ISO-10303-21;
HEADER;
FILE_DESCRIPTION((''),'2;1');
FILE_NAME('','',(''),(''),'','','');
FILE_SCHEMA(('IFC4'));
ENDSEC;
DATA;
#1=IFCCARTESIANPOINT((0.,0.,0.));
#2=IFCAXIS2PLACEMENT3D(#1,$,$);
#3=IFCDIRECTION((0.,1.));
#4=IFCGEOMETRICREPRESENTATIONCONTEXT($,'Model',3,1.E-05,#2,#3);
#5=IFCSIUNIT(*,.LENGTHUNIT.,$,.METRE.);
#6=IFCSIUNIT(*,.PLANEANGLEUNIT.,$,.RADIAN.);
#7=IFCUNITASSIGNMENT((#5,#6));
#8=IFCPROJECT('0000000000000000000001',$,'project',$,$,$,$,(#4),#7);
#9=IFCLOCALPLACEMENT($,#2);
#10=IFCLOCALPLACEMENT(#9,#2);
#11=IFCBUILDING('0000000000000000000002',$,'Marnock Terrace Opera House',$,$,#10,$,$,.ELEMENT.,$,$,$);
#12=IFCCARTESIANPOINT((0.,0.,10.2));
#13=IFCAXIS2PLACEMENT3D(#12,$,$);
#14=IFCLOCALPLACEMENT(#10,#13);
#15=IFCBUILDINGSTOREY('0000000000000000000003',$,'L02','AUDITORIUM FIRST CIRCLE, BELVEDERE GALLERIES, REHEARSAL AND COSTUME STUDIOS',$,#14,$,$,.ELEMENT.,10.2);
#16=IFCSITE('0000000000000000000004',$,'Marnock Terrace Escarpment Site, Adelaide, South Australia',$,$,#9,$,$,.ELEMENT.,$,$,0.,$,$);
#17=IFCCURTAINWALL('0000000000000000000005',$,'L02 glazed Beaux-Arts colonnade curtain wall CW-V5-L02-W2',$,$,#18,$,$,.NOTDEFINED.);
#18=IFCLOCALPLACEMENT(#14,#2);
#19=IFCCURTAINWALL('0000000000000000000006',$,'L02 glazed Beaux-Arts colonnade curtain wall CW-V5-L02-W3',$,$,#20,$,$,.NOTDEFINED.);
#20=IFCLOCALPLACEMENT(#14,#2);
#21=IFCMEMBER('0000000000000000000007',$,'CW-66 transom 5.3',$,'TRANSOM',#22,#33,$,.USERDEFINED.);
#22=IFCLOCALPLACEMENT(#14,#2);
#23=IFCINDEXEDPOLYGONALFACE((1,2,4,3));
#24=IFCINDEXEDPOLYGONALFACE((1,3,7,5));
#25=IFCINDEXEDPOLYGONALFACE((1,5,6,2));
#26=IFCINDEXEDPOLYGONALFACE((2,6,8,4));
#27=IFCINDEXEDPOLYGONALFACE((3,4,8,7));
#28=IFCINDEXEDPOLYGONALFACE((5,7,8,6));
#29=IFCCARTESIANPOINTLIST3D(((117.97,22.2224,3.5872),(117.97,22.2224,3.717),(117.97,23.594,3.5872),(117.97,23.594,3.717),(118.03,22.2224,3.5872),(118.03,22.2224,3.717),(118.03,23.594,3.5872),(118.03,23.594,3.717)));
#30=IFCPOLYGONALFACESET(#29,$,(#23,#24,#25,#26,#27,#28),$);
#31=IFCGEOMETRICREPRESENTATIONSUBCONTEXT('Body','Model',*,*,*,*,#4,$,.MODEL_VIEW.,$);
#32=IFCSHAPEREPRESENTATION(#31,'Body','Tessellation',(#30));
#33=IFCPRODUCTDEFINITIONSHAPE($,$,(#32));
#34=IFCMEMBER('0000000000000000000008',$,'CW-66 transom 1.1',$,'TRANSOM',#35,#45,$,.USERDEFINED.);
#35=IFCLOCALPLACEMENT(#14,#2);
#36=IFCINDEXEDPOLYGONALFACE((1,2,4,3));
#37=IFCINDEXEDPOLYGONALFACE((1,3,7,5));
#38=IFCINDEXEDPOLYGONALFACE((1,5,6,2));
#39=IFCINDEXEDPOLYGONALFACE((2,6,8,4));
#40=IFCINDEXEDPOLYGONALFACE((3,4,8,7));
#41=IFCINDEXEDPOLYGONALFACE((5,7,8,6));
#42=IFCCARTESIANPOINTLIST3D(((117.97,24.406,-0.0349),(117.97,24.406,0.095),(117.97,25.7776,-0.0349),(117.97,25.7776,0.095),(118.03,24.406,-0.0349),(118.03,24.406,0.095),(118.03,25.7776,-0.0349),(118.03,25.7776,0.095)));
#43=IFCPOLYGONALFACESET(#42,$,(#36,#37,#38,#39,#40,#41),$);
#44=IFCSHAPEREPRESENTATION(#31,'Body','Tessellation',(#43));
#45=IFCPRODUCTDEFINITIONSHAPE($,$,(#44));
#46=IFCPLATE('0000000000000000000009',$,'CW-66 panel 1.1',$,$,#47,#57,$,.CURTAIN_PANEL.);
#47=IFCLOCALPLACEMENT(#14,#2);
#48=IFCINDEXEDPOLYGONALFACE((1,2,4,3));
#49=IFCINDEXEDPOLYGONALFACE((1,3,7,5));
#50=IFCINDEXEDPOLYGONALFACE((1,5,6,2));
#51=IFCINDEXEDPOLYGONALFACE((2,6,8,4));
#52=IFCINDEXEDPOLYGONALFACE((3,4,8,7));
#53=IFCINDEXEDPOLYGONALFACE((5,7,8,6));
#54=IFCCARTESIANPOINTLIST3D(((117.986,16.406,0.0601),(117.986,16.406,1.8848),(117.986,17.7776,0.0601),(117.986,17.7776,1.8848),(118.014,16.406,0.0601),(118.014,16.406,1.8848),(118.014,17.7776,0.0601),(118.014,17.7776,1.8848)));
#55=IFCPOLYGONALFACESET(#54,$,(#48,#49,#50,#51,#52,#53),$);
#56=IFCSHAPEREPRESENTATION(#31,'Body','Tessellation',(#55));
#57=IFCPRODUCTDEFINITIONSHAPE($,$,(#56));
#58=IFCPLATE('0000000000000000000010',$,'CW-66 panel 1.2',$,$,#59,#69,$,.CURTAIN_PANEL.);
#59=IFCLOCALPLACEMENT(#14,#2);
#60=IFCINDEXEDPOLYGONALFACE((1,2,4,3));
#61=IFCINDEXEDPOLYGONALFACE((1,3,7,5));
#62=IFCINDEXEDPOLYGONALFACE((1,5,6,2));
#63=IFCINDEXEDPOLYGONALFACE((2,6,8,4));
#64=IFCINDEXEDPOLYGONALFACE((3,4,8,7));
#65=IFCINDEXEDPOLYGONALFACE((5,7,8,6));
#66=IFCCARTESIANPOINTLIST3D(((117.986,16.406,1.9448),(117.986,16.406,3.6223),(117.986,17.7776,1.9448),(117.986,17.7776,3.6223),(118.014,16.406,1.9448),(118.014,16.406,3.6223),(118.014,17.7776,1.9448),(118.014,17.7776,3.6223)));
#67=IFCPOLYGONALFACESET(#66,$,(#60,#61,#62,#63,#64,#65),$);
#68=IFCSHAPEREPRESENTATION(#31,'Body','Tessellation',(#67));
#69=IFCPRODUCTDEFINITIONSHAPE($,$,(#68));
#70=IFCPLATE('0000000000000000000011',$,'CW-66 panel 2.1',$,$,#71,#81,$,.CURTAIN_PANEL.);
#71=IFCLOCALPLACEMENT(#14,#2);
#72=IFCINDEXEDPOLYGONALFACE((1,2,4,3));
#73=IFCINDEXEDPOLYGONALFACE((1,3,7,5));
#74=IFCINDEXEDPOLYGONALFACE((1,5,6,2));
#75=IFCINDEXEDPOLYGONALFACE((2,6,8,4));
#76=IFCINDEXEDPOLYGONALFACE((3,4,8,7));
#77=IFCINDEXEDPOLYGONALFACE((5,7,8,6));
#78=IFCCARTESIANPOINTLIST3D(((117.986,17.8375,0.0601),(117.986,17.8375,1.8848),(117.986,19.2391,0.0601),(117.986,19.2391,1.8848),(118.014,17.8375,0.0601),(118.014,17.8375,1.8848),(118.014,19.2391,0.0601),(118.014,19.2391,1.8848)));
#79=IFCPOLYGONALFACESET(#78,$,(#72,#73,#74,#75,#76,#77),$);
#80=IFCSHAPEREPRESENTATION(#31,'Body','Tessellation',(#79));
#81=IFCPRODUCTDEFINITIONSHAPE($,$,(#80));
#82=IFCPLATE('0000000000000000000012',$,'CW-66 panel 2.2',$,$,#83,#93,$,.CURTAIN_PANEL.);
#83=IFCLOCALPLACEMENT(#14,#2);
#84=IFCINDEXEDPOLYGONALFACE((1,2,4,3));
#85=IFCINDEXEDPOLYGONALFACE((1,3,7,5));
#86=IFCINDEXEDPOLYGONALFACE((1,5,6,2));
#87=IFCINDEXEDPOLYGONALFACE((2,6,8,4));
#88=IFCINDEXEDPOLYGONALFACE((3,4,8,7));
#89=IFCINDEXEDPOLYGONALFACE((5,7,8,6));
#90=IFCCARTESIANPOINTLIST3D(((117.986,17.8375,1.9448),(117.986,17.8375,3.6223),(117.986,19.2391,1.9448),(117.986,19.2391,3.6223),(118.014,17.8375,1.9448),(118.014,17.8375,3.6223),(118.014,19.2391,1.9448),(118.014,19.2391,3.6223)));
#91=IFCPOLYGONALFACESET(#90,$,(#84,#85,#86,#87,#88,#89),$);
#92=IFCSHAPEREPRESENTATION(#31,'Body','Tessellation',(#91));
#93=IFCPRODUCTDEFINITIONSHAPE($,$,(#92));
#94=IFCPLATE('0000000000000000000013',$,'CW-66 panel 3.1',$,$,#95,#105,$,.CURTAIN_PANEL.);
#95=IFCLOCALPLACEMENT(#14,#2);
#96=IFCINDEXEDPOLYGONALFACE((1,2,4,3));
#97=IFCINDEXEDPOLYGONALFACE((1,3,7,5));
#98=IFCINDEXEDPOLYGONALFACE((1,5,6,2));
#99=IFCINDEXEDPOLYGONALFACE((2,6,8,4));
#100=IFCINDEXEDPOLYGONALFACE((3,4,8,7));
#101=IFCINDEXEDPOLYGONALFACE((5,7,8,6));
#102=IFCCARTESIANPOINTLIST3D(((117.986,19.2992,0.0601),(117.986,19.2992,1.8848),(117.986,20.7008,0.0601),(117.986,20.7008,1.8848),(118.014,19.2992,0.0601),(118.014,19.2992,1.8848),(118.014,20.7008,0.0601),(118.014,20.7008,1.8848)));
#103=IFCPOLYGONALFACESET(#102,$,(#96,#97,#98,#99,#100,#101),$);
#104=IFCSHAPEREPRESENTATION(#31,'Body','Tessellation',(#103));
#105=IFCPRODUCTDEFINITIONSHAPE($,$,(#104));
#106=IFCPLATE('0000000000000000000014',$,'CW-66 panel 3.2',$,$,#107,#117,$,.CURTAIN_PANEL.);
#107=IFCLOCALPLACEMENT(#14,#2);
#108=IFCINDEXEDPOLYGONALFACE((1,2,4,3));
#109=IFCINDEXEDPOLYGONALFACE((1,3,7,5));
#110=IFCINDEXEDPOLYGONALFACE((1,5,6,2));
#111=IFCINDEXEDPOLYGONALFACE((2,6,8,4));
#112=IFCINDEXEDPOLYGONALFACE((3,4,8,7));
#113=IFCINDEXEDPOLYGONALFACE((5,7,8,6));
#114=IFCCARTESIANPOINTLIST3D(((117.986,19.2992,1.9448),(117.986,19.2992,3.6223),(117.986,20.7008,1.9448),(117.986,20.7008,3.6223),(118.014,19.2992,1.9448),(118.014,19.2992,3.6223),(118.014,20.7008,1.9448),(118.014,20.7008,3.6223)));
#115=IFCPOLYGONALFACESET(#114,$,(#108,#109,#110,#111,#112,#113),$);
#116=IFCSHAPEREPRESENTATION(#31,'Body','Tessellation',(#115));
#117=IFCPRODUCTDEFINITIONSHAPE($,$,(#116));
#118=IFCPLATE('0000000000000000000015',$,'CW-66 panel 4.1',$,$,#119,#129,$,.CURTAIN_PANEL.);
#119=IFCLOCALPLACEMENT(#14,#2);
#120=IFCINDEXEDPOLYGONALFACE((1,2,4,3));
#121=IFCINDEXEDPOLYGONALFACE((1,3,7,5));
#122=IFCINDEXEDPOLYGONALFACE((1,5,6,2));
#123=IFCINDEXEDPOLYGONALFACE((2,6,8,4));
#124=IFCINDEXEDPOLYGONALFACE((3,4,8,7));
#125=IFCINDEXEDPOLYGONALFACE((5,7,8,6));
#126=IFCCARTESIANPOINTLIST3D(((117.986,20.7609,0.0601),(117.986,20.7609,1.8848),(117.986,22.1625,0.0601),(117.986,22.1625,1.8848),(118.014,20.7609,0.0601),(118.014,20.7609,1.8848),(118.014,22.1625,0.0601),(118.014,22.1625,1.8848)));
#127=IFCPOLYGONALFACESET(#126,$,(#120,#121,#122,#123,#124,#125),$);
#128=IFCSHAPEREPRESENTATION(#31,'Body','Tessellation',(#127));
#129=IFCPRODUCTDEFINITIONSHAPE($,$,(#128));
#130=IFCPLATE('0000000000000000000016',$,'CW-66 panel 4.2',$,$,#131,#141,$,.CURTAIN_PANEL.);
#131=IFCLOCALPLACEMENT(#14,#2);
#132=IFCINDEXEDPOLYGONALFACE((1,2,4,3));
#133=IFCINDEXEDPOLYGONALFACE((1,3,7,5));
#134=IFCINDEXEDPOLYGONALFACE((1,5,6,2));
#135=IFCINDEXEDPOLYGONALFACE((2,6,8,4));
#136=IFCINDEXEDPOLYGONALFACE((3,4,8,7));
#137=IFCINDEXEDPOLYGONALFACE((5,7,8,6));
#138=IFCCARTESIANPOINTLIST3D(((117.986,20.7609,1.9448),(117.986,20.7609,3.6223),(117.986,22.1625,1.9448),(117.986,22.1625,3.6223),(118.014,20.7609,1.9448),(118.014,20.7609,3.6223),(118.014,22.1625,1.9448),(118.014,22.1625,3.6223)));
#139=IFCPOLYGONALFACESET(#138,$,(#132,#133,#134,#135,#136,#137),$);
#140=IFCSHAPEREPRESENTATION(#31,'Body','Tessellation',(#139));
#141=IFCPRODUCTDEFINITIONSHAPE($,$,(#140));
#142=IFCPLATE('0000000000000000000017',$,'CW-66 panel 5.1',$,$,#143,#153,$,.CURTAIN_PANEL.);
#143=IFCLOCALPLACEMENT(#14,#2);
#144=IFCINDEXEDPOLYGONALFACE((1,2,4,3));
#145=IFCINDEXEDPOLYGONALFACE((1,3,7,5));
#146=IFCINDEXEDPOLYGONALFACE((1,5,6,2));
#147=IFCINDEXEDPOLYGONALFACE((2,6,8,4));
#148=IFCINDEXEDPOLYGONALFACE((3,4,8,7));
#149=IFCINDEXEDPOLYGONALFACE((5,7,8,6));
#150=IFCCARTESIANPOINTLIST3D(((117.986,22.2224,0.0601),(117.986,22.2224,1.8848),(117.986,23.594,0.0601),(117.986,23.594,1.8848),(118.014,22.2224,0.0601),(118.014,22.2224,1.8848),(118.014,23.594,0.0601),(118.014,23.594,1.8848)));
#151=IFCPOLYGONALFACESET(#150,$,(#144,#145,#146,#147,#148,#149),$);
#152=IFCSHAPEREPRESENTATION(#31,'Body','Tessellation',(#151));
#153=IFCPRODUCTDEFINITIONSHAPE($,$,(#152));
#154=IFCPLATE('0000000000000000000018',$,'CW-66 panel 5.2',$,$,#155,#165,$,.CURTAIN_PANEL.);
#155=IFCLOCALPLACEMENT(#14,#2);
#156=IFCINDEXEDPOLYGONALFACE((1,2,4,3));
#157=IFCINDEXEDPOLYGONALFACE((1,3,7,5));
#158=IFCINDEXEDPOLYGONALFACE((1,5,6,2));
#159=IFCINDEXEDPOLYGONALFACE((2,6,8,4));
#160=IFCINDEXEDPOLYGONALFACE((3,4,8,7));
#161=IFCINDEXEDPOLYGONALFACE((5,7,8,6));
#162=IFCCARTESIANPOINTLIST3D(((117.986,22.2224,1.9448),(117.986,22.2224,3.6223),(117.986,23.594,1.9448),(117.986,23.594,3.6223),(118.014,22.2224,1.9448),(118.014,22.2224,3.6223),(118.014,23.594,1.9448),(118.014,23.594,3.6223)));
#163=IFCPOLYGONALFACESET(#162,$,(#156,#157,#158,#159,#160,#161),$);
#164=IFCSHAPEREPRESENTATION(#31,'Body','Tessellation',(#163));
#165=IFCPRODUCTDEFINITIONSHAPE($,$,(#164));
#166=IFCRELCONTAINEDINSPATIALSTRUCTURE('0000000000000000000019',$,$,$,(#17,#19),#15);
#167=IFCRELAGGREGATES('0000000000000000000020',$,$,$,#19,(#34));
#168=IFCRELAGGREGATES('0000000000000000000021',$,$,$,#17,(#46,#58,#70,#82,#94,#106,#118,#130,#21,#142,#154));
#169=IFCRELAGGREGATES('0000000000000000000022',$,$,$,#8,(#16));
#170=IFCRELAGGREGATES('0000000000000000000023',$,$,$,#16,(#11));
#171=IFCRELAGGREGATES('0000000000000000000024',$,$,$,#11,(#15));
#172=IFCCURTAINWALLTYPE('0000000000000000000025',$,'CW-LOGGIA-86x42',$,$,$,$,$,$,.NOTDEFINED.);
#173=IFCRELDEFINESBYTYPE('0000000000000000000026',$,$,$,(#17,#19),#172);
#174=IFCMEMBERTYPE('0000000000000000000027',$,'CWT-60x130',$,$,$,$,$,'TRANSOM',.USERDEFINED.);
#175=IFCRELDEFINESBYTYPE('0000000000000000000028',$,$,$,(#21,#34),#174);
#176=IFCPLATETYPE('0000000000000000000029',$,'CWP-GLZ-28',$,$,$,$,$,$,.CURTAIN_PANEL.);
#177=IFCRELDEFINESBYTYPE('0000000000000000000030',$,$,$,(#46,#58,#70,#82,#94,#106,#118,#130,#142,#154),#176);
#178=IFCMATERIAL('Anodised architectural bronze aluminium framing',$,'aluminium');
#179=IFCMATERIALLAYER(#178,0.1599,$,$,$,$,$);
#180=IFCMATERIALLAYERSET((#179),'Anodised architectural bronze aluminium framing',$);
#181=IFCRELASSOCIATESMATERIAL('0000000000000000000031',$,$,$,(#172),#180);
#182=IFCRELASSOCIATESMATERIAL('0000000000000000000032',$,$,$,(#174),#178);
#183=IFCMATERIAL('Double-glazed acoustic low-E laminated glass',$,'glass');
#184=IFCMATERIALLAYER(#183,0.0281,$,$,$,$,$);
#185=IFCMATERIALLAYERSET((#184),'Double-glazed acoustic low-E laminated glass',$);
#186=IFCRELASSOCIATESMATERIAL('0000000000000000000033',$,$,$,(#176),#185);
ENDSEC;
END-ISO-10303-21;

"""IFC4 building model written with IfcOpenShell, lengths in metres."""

from ifc_helpers import new_model, si_unit, direction, frame, origin, origin_2d, place, context, subcontext, project, spatial, rectangle, extrude, material, layer, layer_set, material_profile, profile_set, type_object, element, aggregate, save


model = new_model("IFC4")

# Units and contexts
model_context = context("Model", 3, precision=1e-05, world=origin(), true_north=direction((0.0, 1.0)))
body_context = subcontext(model_context, "Body", "Model", "MODEL_VIEW")
ifc_project = project(units=[si_unit("LENGTHUNIT", "METRE"), si_unit("PLANEANGLEUNIT", "RADIAN")], contexts=[model_context])

# Site, building, storey
site_placement = place(None, origin())
site = spatial("IfcSite", under=ifc_project, at=site_placement, Name="Marnock Terrace Escarpment Site, Adelaide, South Australia", CompositionType="ELEMENT", RefElevation=0.0)
building_placement = place(site_placement, origin())
building = spatial("IfcBuilding", under=site, at=building_placement, Name="Marnock Terrace Opera House", CompositionType="ELEMENT")
storey_placement = place(building_placement, frame((0.0, 0.0, 10.2)))
storey = spatial("IfcBuildingStorey", under=building, at=storey_placement, Name="L02", Description="AUDITORIUM FIRST CIRCLE, BELVEDERE GALLERIES, REHEARSAL AND COSTUME STUDIOS", CompositionType="ELEMENT", Elevation=10.2)

# Curtain wall
ifc_material_1 = material(Name="Anodised architectural bronze aluminium framing", Category="aluminium")
ifc_layer_1 = layer(ifc_material_1, 0.1599)
ifc_layer_set_1 = layer_set([ifc_layer_1], Name="Anodised architectural bronze aluminium framing")
curtain_wall_type_1 = type_object("IfcCurtainWallType", Name="CW-LOGGIA-86x42", PredefinedType="NOTDEFINED", material=ifc_layer_set_1)
curtain_wall_1_placement = place(storey_placement, origin())
curtain_wall_1 = element("IfcCurtainWall", 1, at=curtain_wall_1_placement, inside=storey, type_object=curtain_wall_type_1, Name="L02 glazed Beaux-Arts colonnade curtain wall CW-V5-L02-W2", PredefinedType="NOTDEFINED")

# Curtain wall
curtain_wall_2_placement = place(storey_placement, origin())
curtain_wall_2 = element("IfcCurtainWall", 2, at=curtain_wall_2_placement, inside=storey, type_object=curtain_wall_type_1, Name="L02 glazed Beaux-Arts colonnade curtain wall CW-V5-L02-W3", PredefinedType="NOTDEFINED")
ifc_material_profile_1 = material_profile(ifc_material_1, rectangle(XDim=0.0601, YDim=0.1299, at=origin_2d()))
ifc_profile_set_1 = profile_set([ifc_material_profile_1], Name="Anodised architectural bronze aluminium framing")
member_type_1 = type_object("IfcMemberType", Name="CWT-60x130", ElementType="TRANSOM", PredefinedType="USERDEFINED", material=ifc_profile_set_1)

# Members
member_1_placement = place(storey_placement, frame((118.0, 22.2224, 3.6521), z_axis=(0.0, 1.0, 0.0), x_axis=(-1.0, 0.0, 0.0)))
member_1 = element("IfcMember", 3, at=member_1_placement, type_object=member_type_1, Name="CW-66 transom 5.3", ObjectType="TRANSOM", PredefinedType="USERDEFINED", context=body_context, shape_type="SweptSolid", body=[
    extrude(rectangle(XDim=0.0601, YDim=0.1299, at=origin_2d()), origin(), (0.0, 0.0, 1.0), 1.3716),
])
member_2_placement = place(storey_placement, frame((118.0, 24.406, 0.03), z_axis=(0.0, 1.0, 0.0), x_axis=(-1.0, 0.0, 0.0)))
member_2 = element("IfcMember", 4, at=member_2_placement, type_object=member_type_1, Name="CW-66 transom 1.1", ObjectType="TRANSOM", PredefinedType="USERDEFINED", context=body_context, shape_type="SweptSolid", body=[
    extrude(rectangle(XDim=0.0601, YDim=0.1299, at=origin_2d()), origin(), (0.0, 0.0, 1.0), 1.3716),
])
aggregate(curtain_wall_2, [member_2])

# Plates
ifc_material_2 = material(Name="Double-glazed acoustic low-E laminated glass", Category="glass")
ifc_layer_2 = layer(ifc_material_2, 0.0281)
ifc_layer_set_2 = layer_set([ifc_layer_2], Name="Double-glazed acoustic low-E laminated glass")
plate_type = type_object("IfcPlateType", Name="CWP-GLZ-28", PredefinedType="CURTAIN_PANEL", material=ifc_layer_set_2)
plate_1_placement = place(storey_placement, frame((118.0, 17.0918, 0.0601), z_axis=(0.0, 0.0, 1.0), x_axis=(0.0, 1.0, 0.0)))
plate_1 = element("IfcPlate", 5, at=plate_1_placement, type_object=plate_type, Name="CW-66 panel 1.1", PredefinedType="CURTAIN_PANEL", context=body_context, shape_type="SweptSolid", body=[
    extrude(rectangle(XDim=1.3716, YDim=0.0281, at=origin_2d()), origin(), (0.0, 0.0, 1.0), 1.8247),
])
plate_2_placement = place(storey_placement, frame((118.0, 17.0918, 1.9448), z_axis=(0.0, 0.0, 1.0), x_axis=(0.0, 1.0, 0.0)))
plate_2 = element("IfcPlate", 6, at=plate_2_placement, type_object=plate_type, Name="CW-66 panel 1.2", PredefinedType="CURTAIN_PANEL", context=body_context, shape_type="SweptSolid", body=[
    extrude(rectangle(XDim=1.3716, YDim=0.0281, at=origin_2d()), origin(), (0.0, 0.0, 1.0), 1.6775),
])
plate_3_placement = place(storey_placement, frame((118.0, 18.5383, 0.0601), z_axis=(0.0, 0.0, 1.0), x_axis=(0.0, 1.0, 0.0)))
plate_3 = element("IfcPlate", 7, at=plate_3_placement, type_object=plate_type, Name="CW-66 panel 2.1", PredefinedType="CURTAIN_PANEL", context=body_context, shape_type="SweptSolid", body=[
    extrude(rectangle(XDim=1.4016, YDim=0.0281, at=origin_2d()), origin(), (0.0, 0.0, 1.0), 1.8247),
])
plate_4_placement = place(storey_placement, frame((118.0, 18.5383, 1.9448), z_axis=(0.0, 0.0, 1.0), x_axis=(0.0, 1.0, 0.0)))
plate_4 = element("IfcPlate", 8, at=plate_4_placement, type_object=plate_type, Name="CW-66 panel 2.2", PredefinedType="CURTAIN_PANEL", context=body_context, shape_type="SweptSolid", body=[
    extrude(rectangle(XDim=1.4016, YDim=0.0281, at=origin_2d()), origin(), (0.0, 0.0, 1.0), 1.6775),
])
plate_5_placement = place(storey_placement, frame((118.0, 20.0, 0.0601), z_axis=(0.0, 0.0, 1.0), x_axis=(0.0, 1.0, 0.0)))
plate_5 = element("IfcPlate", 9, at=plate_5_placement, type_object=plate_type, Name="CW-66 panel 3.1", PredefinedType="CURTAIN_PANEL", context=body_context, shape_type="SweptSolid", body=[
    extrude(rectangle(XDim=1.4016, YDim=0.0281, at=origin_2d()), origin(), (0.0, 0.0, 1.0), 1.8247),
])
plate_6_placement = place(storey_placement, frame((118.0, 20.0, 1.9448), z_axis=(0.0, 0.0, 1.0), x_axis=(0.0, 1.0, 0.0)))
plate_6 = element("IfcPlate", 10, at=plate_6_placement, type_object=plate_type, Name="CW-66 panel 3.2", PredefinedType="CURTAIN_PANEL", context=body_context, shape_type="SweptSolid", body=[
    extrude(rectangle(XDim=1.4016, YDim=0.0281, at=origin_2d()), origin(), (0.0, 0.0, 1.0), 1.6775),
])
plate_7_placement = place(storey_placement, frame((118.0, 21.4617, 0.0601), z_axis=(0.0, 0.0, 1.0), x_axis=(0.0, 1.0, 0.0)))
plate_7 = element("IfcPlate", 11, at=plate_7_placement, type_object=plate_type, Name="CW-66 panel 4.1", PredefinedType="CURTAIN_PANEL", context=body_context, shape_type="SweptSolid", body=[
    extrude(rectangle(XDim=1.4016, YDim=0.0281, at=origin_2d()), origin(), (0.0, 0.0, 1.0), 1.8247),
])
plate_8_placement = place(storey_placement, frame((118.0, 21.4617, 1.9448), z_axis=(0.0, 0.0, 1.0), x_axis=(0.0, 1.0, 0.0)))
plate_8 = element("IfcPlate", 12, at=plate_8_placement, type_object=plate_type, Name="CW-66 panel 4.2", PredefinedType="CURTAIN_PANEL", context=body_context, shape_type="SweptSolid", body=[
    extrude(rectangle(XDim=1.4016, YDim=0.0281, at=origin_2d()), origin(), (0.0, 0.0, 1.0), 1.6775),
])
plate_9_placement = place(storey_placement, frame((118.0, 22.9082, 0.0601), z_axis=(0.0, 0.0, 1.0), x_axis=(0.0, 1.0, 0.0)))
plate_9 = element("IfcPlate", 13, at=plate_9_placement, type_object=plate_type, Name="CW-66 panel 5.1", PredefinedType="CURTAIN_PANEL", context=body_context, shape_type="SweptSolid", body=[
    extrude(rectangle(XDim=1.3716, YDim=0.0281, at=origin_2d()), origin(), (0.0, 0.0, 1.0), 1.8247),
])
plate_10_placement = place(storey_placement, frame((118.0, 22.9082, 1.9448), z_axis=(0.0, 0.0, 1.0), x_axis=(0.0, 1.0, 0.0)))
plate_10 = element("IfcPlate", 14, at=plate_10_placement, type_object=plate_type, Name="CW-66 panel 5.2", PredefinedType="CURTAIN_PANEL", context=body_context, shape_type="SweptSolid", body=[
    extrude(rectangle(XDim=1.3716, YDim=0.0281, at=origin_2d()), origin(), (0.0, 0.0, 1.0), 1.6775),
])
aggregate(curtain_wall_1, [plate_1, plate_2, plate_3, plate_4, plate_5, plate_6, plate_7, plate_8, member_1, plate_9, plate_10])

save(model, "model.ifc")
